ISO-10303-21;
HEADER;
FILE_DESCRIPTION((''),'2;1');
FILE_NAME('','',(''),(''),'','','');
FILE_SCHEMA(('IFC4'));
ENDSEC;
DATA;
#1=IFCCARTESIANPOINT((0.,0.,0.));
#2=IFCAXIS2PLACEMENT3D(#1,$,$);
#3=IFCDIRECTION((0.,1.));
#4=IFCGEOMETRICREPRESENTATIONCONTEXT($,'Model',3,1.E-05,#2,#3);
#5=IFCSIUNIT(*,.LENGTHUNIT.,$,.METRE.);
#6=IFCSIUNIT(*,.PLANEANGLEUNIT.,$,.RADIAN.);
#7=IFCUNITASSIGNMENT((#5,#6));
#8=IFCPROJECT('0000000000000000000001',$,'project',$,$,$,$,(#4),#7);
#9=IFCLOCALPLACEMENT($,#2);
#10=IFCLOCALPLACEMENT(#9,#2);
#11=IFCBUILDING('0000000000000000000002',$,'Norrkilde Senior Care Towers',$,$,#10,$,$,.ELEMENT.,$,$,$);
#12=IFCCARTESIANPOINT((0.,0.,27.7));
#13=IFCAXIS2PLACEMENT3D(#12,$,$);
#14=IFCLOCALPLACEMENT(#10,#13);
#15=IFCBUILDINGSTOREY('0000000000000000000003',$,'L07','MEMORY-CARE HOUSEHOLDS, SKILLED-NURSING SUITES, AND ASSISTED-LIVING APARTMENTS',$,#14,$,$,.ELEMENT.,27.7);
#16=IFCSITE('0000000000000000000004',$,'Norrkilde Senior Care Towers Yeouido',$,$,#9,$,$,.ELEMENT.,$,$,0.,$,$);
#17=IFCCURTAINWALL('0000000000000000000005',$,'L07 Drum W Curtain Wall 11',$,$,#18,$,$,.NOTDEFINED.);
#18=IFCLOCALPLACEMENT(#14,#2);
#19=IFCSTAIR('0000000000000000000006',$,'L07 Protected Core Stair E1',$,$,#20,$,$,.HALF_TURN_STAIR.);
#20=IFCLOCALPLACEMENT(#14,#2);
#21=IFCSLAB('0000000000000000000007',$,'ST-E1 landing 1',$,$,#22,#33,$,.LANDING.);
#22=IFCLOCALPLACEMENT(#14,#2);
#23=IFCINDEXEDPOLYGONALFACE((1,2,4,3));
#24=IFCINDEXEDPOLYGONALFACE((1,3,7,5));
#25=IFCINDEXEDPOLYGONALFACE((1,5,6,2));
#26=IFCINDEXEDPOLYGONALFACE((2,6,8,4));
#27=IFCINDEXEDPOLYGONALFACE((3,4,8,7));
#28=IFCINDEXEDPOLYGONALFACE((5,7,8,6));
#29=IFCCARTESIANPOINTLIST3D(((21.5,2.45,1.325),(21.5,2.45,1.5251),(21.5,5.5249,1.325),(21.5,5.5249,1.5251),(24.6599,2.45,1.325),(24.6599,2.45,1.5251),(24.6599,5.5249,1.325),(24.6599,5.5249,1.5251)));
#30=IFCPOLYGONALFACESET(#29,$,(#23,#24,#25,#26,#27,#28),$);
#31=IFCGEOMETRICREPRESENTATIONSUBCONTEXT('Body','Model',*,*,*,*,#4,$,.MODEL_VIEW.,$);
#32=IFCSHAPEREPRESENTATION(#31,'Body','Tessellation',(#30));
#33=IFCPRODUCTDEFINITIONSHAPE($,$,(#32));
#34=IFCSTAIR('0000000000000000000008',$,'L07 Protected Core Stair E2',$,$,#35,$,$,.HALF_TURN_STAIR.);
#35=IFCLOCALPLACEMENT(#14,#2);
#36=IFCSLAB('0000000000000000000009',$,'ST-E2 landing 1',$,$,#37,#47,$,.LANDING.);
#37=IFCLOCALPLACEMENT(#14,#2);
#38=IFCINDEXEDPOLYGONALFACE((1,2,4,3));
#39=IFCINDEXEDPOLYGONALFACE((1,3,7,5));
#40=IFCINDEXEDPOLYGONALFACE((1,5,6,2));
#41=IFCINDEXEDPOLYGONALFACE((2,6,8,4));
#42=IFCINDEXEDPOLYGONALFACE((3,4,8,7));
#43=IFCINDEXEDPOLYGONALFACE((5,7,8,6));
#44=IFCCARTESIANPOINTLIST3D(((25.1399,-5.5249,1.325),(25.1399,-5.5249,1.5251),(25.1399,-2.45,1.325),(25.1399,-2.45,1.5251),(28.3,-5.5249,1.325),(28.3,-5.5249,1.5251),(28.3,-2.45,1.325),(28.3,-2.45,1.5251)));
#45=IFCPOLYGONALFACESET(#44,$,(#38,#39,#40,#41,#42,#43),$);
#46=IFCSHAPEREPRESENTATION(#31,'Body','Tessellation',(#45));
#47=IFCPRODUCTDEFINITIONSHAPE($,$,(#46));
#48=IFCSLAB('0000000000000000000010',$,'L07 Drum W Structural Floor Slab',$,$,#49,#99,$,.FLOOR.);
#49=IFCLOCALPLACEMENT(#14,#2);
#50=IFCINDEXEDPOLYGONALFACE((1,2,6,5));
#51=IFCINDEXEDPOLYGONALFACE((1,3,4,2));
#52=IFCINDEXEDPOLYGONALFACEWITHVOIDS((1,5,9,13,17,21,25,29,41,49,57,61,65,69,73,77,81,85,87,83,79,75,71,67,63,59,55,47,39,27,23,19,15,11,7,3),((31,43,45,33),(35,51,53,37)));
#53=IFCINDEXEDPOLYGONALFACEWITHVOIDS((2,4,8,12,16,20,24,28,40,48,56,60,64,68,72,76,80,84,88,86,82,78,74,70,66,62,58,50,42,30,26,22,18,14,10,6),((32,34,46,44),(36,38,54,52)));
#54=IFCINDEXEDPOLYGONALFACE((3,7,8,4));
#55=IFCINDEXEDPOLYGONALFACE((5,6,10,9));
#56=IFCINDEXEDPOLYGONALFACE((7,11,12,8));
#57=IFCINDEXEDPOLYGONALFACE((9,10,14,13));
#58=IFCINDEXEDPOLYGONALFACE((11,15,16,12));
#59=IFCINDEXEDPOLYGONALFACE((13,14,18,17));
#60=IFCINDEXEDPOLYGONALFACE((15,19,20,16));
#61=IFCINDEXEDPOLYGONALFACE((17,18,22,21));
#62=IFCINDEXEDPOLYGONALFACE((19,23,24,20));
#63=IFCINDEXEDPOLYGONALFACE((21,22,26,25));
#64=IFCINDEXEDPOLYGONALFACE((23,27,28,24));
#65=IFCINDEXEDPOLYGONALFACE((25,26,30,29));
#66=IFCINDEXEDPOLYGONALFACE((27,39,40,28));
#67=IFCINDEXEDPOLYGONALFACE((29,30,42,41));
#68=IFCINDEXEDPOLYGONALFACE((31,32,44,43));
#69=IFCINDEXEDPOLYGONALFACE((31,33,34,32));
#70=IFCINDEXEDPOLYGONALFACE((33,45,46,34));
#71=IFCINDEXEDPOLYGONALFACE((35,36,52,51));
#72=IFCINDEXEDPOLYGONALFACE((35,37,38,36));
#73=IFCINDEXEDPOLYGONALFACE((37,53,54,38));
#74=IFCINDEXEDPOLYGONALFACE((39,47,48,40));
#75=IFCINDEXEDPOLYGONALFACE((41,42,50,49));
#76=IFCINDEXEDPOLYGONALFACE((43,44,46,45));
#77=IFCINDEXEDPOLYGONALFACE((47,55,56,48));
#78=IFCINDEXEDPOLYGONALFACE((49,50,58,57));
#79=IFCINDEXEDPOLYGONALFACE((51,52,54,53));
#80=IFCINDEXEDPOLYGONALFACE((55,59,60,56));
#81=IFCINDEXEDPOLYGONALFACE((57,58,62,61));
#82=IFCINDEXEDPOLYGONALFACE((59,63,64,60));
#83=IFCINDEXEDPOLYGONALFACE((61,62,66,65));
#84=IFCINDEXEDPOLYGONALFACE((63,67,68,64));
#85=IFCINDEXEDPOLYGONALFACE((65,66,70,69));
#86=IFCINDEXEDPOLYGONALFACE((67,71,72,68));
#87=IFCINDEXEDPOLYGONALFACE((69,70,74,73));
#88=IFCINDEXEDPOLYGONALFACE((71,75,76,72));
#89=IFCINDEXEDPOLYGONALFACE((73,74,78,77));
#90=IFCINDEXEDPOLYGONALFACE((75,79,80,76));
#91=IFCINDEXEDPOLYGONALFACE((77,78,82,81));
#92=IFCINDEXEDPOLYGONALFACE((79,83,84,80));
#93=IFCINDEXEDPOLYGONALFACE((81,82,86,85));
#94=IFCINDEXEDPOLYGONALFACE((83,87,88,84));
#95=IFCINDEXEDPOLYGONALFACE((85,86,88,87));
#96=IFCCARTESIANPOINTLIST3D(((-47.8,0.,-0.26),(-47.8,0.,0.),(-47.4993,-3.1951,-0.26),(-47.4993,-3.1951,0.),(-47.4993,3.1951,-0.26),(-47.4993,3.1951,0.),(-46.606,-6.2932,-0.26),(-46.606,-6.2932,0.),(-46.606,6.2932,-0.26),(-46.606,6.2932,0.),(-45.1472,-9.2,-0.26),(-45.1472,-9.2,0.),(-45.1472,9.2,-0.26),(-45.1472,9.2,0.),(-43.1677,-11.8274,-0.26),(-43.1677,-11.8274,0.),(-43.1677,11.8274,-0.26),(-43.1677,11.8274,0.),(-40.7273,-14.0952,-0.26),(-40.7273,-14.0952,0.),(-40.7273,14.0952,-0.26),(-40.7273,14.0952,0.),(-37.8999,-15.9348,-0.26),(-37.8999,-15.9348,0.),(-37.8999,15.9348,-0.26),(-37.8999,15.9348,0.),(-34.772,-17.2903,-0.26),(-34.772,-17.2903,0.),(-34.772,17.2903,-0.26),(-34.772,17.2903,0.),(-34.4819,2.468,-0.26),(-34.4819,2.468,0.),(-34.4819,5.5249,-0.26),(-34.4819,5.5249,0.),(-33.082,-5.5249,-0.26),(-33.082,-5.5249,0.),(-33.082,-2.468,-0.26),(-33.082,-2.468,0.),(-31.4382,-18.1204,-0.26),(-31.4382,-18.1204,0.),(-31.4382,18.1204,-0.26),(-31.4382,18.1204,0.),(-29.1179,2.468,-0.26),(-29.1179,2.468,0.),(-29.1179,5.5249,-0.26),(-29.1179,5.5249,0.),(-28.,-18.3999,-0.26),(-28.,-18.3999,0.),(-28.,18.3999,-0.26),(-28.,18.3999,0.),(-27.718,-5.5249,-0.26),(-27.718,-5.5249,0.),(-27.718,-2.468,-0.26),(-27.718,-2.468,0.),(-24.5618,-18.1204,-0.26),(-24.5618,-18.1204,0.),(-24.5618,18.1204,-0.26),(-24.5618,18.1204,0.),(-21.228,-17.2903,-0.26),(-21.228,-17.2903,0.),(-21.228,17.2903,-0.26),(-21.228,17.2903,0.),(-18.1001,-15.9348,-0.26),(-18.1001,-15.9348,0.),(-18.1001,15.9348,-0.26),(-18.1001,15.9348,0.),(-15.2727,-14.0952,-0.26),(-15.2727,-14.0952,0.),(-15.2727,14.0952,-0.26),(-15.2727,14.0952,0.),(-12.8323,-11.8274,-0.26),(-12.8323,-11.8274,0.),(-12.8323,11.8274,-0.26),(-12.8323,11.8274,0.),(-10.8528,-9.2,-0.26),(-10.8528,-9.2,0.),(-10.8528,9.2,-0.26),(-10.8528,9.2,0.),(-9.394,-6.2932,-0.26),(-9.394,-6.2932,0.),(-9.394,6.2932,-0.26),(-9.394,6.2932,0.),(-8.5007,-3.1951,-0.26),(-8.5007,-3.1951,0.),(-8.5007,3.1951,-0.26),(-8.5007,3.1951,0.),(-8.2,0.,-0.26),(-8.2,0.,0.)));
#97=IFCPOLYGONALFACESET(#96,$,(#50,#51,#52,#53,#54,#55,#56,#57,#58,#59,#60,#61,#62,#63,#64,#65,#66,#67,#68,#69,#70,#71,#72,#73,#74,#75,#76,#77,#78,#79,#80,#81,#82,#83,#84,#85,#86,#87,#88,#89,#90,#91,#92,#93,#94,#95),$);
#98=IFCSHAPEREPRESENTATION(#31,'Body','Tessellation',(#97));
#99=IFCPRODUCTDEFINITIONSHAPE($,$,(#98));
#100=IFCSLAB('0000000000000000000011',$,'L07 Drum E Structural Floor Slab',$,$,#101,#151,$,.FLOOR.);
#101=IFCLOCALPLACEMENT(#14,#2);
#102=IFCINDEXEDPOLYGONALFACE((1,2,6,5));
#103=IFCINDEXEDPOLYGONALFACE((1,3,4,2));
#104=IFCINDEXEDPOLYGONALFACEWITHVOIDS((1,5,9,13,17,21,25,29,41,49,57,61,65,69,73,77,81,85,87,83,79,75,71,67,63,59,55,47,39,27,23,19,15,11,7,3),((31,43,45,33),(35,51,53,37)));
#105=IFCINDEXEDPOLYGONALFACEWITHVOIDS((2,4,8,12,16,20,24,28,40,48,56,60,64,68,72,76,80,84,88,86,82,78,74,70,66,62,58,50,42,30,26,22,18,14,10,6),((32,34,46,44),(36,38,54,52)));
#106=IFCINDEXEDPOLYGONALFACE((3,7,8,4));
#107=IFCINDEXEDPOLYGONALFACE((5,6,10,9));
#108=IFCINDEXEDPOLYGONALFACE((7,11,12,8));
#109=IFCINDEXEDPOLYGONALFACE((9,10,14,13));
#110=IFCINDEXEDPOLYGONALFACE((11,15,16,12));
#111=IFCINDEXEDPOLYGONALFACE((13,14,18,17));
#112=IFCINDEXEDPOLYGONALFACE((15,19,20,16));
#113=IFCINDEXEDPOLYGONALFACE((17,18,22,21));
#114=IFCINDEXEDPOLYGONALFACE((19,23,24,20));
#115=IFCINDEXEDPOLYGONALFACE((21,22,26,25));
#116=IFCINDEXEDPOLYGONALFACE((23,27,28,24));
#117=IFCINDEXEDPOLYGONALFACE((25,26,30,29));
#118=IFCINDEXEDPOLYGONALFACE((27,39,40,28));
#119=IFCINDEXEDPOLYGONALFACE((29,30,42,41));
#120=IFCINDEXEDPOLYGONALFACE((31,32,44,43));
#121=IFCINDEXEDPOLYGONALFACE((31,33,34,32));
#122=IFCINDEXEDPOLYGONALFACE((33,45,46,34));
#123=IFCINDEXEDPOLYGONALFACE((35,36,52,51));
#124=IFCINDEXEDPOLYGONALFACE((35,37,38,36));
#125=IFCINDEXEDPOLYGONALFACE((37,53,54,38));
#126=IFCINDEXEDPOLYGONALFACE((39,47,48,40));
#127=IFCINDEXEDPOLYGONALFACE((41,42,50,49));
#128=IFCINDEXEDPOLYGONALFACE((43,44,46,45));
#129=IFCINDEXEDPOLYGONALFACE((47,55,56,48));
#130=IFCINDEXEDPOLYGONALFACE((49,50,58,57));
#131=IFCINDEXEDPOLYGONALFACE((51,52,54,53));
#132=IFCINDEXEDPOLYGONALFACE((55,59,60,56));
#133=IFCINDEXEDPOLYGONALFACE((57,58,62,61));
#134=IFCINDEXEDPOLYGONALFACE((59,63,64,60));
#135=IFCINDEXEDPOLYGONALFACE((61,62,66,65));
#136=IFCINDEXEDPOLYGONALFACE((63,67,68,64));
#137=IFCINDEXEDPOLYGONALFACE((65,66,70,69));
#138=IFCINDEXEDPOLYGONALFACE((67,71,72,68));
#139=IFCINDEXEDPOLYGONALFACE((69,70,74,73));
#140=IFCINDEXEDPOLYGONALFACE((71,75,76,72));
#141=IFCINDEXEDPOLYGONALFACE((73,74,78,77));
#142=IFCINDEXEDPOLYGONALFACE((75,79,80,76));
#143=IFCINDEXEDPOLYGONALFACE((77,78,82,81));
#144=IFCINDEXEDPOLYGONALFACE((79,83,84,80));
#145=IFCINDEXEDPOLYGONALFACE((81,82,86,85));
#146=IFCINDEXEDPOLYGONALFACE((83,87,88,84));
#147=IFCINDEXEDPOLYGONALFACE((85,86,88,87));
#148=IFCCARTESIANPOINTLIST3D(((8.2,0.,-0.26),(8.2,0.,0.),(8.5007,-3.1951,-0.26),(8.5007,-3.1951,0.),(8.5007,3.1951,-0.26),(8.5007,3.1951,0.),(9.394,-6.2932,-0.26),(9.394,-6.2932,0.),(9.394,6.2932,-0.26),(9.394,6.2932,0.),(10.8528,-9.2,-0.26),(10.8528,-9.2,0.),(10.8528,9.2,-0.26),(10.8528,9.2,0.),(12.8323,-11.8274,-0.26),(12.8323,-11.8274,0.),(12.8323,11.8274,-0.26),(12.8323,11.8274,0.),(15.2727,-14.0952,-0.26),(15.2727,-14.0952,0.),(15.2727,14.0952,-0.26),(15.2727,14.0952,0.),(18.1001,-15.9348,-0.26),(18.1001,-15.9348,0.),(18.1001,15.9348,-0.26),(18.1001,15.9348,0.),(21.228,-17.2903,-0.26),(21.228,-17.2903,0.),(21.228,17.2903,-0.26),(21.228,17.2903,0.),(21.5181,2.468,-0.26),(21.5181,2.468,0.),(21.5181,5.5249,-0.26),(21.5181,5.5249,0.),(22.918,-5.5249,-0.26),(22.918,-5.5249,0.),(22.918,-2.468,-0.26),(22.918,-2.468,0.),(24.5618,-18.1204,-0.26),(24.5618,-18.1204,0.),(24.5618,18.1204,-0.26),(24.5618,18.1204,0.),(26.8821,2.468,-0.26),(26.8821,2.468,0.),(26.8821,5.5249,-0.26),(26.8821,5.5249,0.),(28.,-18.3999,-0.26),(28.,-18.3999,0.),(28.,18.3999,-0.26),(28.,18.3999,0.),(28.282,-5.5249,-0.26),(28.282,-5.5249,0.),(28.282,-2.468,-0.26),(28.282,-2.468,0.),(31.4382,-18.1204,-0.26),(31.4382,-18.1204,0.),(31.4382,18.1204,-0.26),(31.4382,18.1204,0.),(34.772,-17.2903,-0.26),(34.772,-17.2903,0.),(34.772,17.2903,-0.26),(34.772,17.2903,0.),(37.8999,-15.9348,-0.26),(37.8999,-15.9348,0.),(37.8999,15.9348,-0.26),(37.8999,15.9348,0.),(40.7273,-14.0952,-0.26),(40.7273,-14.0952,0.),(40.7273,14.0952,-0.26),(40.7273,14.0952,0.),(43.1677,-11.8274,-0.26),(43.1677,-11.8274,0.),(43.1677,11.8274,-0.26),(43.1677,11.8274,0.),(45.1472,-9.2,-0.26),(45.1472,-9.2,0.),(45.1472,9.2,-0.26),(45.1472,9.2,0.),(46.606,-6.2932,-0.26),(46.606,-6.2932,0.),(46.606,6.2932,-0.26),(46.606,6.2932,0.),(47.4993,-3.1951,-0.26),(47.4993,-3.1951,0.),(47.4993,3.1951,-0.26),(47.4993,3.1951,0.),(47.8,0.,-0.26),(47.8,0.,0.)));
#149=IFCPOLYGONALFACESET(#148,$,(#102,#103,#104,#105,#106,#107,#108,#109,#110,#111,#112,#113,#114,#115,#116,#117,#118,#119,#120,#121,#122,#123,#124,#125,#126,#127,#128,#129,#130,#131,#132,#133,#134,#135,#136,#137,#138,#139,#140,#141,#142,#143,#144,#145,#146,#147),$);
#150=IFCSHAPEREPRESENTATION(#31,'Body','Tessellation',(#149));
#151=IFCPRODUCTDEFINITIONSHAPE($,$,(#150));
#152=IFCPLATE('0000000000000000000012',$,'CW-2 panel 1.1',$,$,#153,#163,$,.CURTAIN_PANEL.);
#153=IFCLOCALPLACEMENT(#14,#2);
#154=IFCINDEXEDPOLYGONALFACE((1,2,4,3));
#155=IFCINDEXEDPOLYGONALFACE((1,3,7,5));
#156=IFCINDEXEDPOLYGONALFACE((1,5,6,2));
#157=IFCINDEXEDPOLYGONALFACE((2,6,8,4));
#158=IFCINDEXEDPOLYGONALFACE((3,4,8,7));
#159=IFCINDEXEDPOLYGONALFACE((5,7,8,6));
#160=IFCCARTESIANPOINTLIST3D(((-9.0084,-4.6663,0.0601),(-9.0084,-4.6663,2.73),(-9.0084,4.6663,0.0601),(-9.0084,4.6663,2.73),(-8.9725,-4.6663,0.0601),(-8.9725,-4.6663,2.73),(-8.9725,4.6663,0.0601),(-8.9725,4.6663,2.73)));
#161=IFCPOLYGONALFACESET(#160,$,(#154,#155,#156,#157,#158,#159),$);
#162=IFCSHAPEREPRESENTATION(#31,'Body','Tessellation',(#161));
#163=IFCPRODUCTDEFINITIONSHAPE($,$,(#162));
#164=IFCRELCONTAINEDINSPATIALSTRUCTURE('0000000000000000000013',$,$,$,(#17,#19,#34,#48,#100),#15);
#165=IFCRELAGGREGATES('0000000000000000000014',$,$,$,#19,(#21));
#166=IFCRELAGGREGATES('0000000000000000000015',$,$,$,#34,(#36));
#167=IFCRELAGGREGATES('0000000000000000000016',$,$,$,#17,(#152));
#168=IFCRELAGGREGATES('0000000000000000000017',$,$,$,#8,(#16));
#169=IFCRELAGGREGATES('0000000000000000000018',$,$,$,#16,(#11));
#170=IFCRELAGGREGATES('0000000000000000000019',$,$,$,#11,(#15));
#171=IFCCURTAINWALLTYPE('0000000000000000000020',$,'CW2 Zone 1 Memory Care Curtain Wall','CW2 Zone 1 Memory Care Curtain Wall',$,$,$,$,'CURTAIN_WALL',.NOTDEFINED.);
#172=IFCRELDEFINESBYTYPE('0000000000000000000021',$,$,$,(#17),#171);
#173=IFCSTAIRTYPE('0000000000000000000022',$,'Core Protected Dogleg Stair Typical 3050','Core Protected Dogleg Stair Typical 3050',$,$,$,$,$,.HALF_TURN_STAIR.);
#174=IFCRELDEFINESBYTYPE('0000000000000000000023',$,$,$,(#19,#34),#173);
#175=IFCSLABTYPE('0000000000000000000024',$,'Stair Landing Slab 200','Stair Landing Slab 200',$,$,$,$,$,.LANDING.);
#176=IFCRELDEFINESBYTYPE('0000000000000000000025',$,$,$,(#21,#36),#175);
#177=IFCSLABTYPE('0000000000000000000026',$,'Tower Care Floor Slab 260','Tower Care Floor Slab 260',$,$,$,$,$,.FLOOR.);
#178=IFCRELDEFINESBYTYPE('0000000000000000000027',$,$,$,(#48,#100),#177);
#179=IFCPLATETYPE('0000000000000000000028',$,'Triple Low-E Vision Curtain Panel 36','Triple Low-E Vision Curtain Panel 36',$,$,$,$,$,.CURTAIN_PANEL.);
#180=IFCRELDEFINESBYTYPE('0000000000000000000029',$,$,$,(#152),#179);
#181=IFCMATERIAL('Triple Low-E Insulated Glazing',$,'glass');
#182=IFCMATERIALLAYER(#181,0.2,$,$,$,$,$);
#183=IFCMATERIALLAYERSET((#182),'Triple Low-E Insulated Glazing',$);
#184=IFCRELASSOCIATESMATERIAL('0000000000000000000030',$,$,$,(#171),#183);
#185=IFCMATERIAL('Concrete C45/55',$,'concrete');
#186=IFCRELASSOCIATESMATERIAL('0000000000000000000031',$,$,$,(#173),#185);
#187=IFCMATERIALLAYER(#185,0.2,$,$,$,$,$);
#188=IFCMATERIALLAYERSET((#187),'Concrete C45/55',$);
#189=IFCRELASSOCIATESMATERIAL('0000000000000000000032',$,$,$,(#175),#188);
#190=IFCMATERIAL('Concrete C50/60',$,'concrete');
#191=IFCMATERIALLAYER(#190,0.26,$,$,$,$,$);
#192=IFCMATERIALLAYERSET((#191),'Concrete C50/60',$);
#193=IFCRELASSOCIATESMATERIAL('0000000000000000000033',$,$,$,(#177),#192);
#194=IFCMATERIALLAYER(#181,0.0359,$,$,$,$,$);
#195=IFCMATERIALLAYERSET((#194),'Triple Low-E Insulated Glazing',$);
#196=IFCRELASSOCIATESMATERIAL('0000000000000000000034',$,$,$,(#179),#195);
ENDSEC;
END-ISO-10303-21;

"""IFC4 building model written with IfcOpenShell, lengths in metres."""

from ifc_helpers import new_model, si_unit, direction, frame, origin, origin_2d, place, context, subcontext, project, spatial, polyline, rectangle, outline, extrude, source, transform, mapped, material, layer, layer_set, type_object, type_shapes, element, aggregate, save


model = new_model("IFC4")

# Units and contexts
model_context = context("Model", 3, precision=1e-05, world=origin(), true_north=direction((0.0, 1.0)))
body_context = subcontext(model_context, "Body", "Model", "MODEL_VIEW")
ifc_project = project(units=[si_unit("LENGTHUNIT", "METRE"), si_unit("PLANEANGLEUNIT", "RADIAN")], contexts=[model_context])

# Site, building, storey
site_placement = place(None, origin())
site = spatial("IfcSite", under=ifc_project, at=site_placement, Name="Norrkilde Senior Care Towers Yeouido", CompositionType="ELEMENT", RefElevation=0.0)
building_placement = place(site_placement, origin())
building = spatial("IfcBuilding", under=site, at=building_placement, Name="Norrkilde Senior Care Towers", CompositionType="ELEMENT")
storey_placement = place(building_placement, frame((0.0, 0.0, 27.7)))
storey = spatial("IfcBuildingStorey", under=building, at=storey_placement, Name="L07", Description="MEMORY-CARE HOUSEHOLDS, SKILLED-NURSING SUITES, AND ASSISTED-LIVING APARTMENTS", CompositionType="ELEMENT", Elevation=27.7)

# Shared definitions
ifc_material_1 = material(Name="Triple Low-E Insulated Glazing", Category="glass")
ifc_layer_1 = layer(ifc_material_1, 0.2)
ifc_layer_set_1 = layer_set([ifc_layer_1], Name="Triple Low-E Insulated Glazing")
curtain_wall_type = type_object("IfcCurtainWallType", Name="CW2 Zone 1 Memory Care Curtain Wall", Description="CW2 Zone 1 Memory Care Curtain Wall", ElementType="CURTAIN_WALL", PredefinedType="NOTDEFINED", material=ifc_layer_set_1)

# Curtain wall
curtain_wall_1_placement = place(storey_placement, origin())
curtain_wall_1 = element("IfcCurtainWall", 1, at=curtain_wall_1_placement, inside=storey, type_object=curtain_wall_type, Name="L07 Drum W Curtain Wall 11", PredefinedType="NOTDEFINED")

# Shared definitions
ifc_material_2 = material(Name="Concrete C50/60", Category="concrete")

# Stairs, slabs
ifc_material_3 = material(Name="Concrete C45/55", Category="concrete")
stair_type = type_object("IfcStairType", Name="Core Protected Dogleg Stair Typical 3050", Description="Core Protected Dogleg Stair Typical 3050", PredefinedType="HALF_TURN_STAIR", material=ifc_material_3)
ifc_layer_2 = layer(ifc_material_3, 0.2)
ifc_layer_set_2 = layer_set([ifc_layer_2], Name="Concrete C45/55")
slab_type_1 = type_object("IfcSlabType", Name="Stair Landing Slab 200", Description="Stair Landing Slab 200", PredefinedType="LANDING", material=ifc_layer_set_2)
stair_1_placement = place(storey_placement, origin())
stair_1 = element("IfcStair", 2, at=stair_1_placement, inside=storey, type_object=stair_type, Name="L07 Protected Core Stair E1", PredefinedType="HALF_TURN_STAIR")
slab_1_placement = place(storey_placement, frame((0.0, 0.0, 1.325)))
slab_1 = element("IfcSlab", 3, at=slab_1_placement, type_object=slab_type_1, Name="ST-E1 landing 1", PredefinedType="LANDING", context=body_context, shape_type="SweptSolid", body=[
    extrude(outline(polyline([(24.6599, 5.5249), (21.5, 5.5249), (21.5, 2.45), (24.6599, 2.45), (24.6599, 5.5249)])), origin(), (0.0, 0.0, 1.0), 0.2002),
])
aggregate(stair_1, [slab_1])
stair_2_placement = place(storey_placement, origin())
stair_2 = element("IfcStair", 4, at=stair_2_placement, inside=storey, type_object=stair_type, Name="L07 Protected Core Stair E2", PredefinedType="HALF_TURN_STAIR")
slab_2_placement = place(storey_placement, frame((0.0, 0.0, 1.325)))
slab_2 = element("IfcSlab", 5, at=slab_2_placement, type_object=slab_type_1, Name="ST-E2 landing 1", PredefinedType="LANDING", context=body_context, shape_type="SweptSolid", body=[
    extrude(outline(polyline([(25.1399, -5.5249), (28.3, -5.5249), (28.3, -2.45), (25.1399, -2.45), (25.1399, -5.5249)])), origin(), (0.0, 0.0, 1.0), 0.2002),
])
aggregate(stair_2, [slab_2])

# Slabs
ifc_layer_3 = layer(ifc_material_2, 0.26)
ifc_layer_set_3 = layer_set([ifc_layer_3], Name="Concrete C50/60")
slab_type_2 = type_object("IfcSlabType", Name="Tower Care Floor Slab 260", Description="Tower Care Floor Slab 260", PredefinedType="FLOOR", material=ifc_layer_set_3)
slab_3_placement = place(storey_placement, frame((0.0, 0.0, -0.26)))
element("IfcSlab", 6, at=slab_3_placement, inside=storey, type_object=slab_type_2, Name="L07 Drum W Structural Floor Slab", PredefinedType="FLOOR", context=body_context, shape_type="SweptSolid", body=[
    extrude(outline(polyline([(-9.394, -6.2932), (-10.8528, -9.2), (-12.8323, -11.8274), (-15.2727, -14.0952), (-18.1001, -15.9348), (-21.228, -17.2903), (-24.5618, -18.1204), (-28.0, -18.3999), (-31.4382, -18.1204), (-34.772, -17.2903), (-37.8999, -15.9348), (-40.7273, -14.0952), (-43.1677, -11.8274), (-45.1472, -9.2), (-46.606, -6.2932), (-47.4993, -3.1951), (-47.8, 0.0), (-47.4993, 3.1951), (-46.606, 6.2932), (-45.1472, 9.2), (-43.1677, 11.8274), (-40.7273, 14.0952), (-37.8999, 15.9348), (-34.772, 17.2903), (-31.4382, 18.1204), (-28.0, 18.3999), (-24.5618, 18.1204), (-21.228, 17.2903), (-18.1001, 15.9348), (-15.2727, 14.0952), (-12.8323, 11.8274), (-10.8528, 9.2), (-9.394, 6.2932), (-8.5007, 3.1951), (-8.2, 0.0), (-8.5007, -3.1951), (-9.394, -6.2932)]), holes=[polyline([(-34.4819, 2.468), (-29.1179, 2.468), (-29.1179, 5.5249), (-34.4819, 5.5249), (-34.4819, 2.468)]), polyline([(-27.718, -5.5249), (-27.718, -2.468), (-33.082, -2.468), (-33.082, -5.5249), (-27.718, -5.5249)])]), origin(), (0.0, 0.0, 1.0), 0.26),
])
slab_4_placement = place(storey_placement, frame((0.0, 0.0, -0.26)))
element("IfcSlab", 7, at=slab_4_placement, inside=storey, type_object=slab_type_2, Name="L07 Drum E Structural Floor Slab", PredefinedType="FLOOR", context=body_context, shape_type="SweptSolid", body=[
    extrude(outline(polyline([(46.606, -6.2932), (45.1472, -9.2), (43.1677, -11.8274), (40.7273, -14.0952), (37.8999, -15.9348), (34.772, -17.2903), (31.4382, -18.1204), (28.0, -18.3999), (24.5618, -18.1204), (21.228, -17.2903), (18.1001, -15.9348), (15.2727, -14.0952), (12.8323, -11.8274), (10.8528, -9.2), (9.394, -6.2932), (8.5007, -3.1951), (8.2, 0.0), (8.5007, 3.1951), (9.394, 6.2932), (10.8528, 9.2), (12.8323, 11.8274), (15.2727, 14.0952), (18.1001, 15.9348), (21.228, 17.2903), (24.5618, 18.1204), (28.0, 18.3999), (31.4382, 18.1204), (34.772, 17.2903), (37.8999, 15.9348), (40.7273, 14.0952), (43.1677, 11.8274), (45.1472, 9.2), (46.606, 6.2932), (47.4993, 3.1951), (47.8, 0.0), (47.4993, -3.1951), (46.606, -6.2932)]), holes=[polyline([(21.5181, 2.468), (26.8821, 2.468), (26.8821, 5.5249), (21.5181, 5.5249), (21.5181, 2.468)]), polyline([(28.282, -5.5249), (28.282, -2.468), (22.918, -2.468), (22.918, -5.5249), (28.282, -5.5249)])]), origin(), (0.0, 0.0, 1.0), 0.26),
])

# Plate
ifc_layer_4 = layer(ifc_material_1, 0.0359)
ifc_layer_set_4 = layer_set([ifc_layer_4], Name="Triple Low-E Insulated Glazing")
plate_type = type_object("IfcPlateType", Name="Triple Low-E Vision Curtain Panel 36", Description="Triple Low-E Vision Curtain Panel 36", PredefinedType="CURTAIN_PANEL", material=ifc_layer_set_4)
shared_shape_1 = source(origin(), body_context, "Body", "SweptSolid", [
    extrude(rectangle(XDim=9.3325, YDim=0.0359, at=origin_2d()), origin(), (0.0, 0.0, 1.0), 2.6699),
])
type_shapes(plate_type, [shared_shape_1])
plate_placement = place(storey_placement, frame((-8.9905, 0.0, 0.0601), z_axis=(0.0, 0.0, 1.0), x_axis=(0.0, -1.0, 0.0)))
plate = element("IfcPlate", 8, at=plate_placement, type_object=plate_type, Name="CW-2 panel 1.1", PredefinedType="CURTAIN_PANEL", context=body_context, shape_type="MappedRepresentation", body=[
    mapped(shared_shape_1, transform((0.0, 0.0, 0.0), x_axis=(1.0, 0.0, 0.0), y_axis=(0.0, 1.0, 0.0), z_axis=(0.0, 0.0, 1.0), scale=1.0)),
])
aggregate(curtain_wall_1, [plate])

save(model, "model.ifc")
